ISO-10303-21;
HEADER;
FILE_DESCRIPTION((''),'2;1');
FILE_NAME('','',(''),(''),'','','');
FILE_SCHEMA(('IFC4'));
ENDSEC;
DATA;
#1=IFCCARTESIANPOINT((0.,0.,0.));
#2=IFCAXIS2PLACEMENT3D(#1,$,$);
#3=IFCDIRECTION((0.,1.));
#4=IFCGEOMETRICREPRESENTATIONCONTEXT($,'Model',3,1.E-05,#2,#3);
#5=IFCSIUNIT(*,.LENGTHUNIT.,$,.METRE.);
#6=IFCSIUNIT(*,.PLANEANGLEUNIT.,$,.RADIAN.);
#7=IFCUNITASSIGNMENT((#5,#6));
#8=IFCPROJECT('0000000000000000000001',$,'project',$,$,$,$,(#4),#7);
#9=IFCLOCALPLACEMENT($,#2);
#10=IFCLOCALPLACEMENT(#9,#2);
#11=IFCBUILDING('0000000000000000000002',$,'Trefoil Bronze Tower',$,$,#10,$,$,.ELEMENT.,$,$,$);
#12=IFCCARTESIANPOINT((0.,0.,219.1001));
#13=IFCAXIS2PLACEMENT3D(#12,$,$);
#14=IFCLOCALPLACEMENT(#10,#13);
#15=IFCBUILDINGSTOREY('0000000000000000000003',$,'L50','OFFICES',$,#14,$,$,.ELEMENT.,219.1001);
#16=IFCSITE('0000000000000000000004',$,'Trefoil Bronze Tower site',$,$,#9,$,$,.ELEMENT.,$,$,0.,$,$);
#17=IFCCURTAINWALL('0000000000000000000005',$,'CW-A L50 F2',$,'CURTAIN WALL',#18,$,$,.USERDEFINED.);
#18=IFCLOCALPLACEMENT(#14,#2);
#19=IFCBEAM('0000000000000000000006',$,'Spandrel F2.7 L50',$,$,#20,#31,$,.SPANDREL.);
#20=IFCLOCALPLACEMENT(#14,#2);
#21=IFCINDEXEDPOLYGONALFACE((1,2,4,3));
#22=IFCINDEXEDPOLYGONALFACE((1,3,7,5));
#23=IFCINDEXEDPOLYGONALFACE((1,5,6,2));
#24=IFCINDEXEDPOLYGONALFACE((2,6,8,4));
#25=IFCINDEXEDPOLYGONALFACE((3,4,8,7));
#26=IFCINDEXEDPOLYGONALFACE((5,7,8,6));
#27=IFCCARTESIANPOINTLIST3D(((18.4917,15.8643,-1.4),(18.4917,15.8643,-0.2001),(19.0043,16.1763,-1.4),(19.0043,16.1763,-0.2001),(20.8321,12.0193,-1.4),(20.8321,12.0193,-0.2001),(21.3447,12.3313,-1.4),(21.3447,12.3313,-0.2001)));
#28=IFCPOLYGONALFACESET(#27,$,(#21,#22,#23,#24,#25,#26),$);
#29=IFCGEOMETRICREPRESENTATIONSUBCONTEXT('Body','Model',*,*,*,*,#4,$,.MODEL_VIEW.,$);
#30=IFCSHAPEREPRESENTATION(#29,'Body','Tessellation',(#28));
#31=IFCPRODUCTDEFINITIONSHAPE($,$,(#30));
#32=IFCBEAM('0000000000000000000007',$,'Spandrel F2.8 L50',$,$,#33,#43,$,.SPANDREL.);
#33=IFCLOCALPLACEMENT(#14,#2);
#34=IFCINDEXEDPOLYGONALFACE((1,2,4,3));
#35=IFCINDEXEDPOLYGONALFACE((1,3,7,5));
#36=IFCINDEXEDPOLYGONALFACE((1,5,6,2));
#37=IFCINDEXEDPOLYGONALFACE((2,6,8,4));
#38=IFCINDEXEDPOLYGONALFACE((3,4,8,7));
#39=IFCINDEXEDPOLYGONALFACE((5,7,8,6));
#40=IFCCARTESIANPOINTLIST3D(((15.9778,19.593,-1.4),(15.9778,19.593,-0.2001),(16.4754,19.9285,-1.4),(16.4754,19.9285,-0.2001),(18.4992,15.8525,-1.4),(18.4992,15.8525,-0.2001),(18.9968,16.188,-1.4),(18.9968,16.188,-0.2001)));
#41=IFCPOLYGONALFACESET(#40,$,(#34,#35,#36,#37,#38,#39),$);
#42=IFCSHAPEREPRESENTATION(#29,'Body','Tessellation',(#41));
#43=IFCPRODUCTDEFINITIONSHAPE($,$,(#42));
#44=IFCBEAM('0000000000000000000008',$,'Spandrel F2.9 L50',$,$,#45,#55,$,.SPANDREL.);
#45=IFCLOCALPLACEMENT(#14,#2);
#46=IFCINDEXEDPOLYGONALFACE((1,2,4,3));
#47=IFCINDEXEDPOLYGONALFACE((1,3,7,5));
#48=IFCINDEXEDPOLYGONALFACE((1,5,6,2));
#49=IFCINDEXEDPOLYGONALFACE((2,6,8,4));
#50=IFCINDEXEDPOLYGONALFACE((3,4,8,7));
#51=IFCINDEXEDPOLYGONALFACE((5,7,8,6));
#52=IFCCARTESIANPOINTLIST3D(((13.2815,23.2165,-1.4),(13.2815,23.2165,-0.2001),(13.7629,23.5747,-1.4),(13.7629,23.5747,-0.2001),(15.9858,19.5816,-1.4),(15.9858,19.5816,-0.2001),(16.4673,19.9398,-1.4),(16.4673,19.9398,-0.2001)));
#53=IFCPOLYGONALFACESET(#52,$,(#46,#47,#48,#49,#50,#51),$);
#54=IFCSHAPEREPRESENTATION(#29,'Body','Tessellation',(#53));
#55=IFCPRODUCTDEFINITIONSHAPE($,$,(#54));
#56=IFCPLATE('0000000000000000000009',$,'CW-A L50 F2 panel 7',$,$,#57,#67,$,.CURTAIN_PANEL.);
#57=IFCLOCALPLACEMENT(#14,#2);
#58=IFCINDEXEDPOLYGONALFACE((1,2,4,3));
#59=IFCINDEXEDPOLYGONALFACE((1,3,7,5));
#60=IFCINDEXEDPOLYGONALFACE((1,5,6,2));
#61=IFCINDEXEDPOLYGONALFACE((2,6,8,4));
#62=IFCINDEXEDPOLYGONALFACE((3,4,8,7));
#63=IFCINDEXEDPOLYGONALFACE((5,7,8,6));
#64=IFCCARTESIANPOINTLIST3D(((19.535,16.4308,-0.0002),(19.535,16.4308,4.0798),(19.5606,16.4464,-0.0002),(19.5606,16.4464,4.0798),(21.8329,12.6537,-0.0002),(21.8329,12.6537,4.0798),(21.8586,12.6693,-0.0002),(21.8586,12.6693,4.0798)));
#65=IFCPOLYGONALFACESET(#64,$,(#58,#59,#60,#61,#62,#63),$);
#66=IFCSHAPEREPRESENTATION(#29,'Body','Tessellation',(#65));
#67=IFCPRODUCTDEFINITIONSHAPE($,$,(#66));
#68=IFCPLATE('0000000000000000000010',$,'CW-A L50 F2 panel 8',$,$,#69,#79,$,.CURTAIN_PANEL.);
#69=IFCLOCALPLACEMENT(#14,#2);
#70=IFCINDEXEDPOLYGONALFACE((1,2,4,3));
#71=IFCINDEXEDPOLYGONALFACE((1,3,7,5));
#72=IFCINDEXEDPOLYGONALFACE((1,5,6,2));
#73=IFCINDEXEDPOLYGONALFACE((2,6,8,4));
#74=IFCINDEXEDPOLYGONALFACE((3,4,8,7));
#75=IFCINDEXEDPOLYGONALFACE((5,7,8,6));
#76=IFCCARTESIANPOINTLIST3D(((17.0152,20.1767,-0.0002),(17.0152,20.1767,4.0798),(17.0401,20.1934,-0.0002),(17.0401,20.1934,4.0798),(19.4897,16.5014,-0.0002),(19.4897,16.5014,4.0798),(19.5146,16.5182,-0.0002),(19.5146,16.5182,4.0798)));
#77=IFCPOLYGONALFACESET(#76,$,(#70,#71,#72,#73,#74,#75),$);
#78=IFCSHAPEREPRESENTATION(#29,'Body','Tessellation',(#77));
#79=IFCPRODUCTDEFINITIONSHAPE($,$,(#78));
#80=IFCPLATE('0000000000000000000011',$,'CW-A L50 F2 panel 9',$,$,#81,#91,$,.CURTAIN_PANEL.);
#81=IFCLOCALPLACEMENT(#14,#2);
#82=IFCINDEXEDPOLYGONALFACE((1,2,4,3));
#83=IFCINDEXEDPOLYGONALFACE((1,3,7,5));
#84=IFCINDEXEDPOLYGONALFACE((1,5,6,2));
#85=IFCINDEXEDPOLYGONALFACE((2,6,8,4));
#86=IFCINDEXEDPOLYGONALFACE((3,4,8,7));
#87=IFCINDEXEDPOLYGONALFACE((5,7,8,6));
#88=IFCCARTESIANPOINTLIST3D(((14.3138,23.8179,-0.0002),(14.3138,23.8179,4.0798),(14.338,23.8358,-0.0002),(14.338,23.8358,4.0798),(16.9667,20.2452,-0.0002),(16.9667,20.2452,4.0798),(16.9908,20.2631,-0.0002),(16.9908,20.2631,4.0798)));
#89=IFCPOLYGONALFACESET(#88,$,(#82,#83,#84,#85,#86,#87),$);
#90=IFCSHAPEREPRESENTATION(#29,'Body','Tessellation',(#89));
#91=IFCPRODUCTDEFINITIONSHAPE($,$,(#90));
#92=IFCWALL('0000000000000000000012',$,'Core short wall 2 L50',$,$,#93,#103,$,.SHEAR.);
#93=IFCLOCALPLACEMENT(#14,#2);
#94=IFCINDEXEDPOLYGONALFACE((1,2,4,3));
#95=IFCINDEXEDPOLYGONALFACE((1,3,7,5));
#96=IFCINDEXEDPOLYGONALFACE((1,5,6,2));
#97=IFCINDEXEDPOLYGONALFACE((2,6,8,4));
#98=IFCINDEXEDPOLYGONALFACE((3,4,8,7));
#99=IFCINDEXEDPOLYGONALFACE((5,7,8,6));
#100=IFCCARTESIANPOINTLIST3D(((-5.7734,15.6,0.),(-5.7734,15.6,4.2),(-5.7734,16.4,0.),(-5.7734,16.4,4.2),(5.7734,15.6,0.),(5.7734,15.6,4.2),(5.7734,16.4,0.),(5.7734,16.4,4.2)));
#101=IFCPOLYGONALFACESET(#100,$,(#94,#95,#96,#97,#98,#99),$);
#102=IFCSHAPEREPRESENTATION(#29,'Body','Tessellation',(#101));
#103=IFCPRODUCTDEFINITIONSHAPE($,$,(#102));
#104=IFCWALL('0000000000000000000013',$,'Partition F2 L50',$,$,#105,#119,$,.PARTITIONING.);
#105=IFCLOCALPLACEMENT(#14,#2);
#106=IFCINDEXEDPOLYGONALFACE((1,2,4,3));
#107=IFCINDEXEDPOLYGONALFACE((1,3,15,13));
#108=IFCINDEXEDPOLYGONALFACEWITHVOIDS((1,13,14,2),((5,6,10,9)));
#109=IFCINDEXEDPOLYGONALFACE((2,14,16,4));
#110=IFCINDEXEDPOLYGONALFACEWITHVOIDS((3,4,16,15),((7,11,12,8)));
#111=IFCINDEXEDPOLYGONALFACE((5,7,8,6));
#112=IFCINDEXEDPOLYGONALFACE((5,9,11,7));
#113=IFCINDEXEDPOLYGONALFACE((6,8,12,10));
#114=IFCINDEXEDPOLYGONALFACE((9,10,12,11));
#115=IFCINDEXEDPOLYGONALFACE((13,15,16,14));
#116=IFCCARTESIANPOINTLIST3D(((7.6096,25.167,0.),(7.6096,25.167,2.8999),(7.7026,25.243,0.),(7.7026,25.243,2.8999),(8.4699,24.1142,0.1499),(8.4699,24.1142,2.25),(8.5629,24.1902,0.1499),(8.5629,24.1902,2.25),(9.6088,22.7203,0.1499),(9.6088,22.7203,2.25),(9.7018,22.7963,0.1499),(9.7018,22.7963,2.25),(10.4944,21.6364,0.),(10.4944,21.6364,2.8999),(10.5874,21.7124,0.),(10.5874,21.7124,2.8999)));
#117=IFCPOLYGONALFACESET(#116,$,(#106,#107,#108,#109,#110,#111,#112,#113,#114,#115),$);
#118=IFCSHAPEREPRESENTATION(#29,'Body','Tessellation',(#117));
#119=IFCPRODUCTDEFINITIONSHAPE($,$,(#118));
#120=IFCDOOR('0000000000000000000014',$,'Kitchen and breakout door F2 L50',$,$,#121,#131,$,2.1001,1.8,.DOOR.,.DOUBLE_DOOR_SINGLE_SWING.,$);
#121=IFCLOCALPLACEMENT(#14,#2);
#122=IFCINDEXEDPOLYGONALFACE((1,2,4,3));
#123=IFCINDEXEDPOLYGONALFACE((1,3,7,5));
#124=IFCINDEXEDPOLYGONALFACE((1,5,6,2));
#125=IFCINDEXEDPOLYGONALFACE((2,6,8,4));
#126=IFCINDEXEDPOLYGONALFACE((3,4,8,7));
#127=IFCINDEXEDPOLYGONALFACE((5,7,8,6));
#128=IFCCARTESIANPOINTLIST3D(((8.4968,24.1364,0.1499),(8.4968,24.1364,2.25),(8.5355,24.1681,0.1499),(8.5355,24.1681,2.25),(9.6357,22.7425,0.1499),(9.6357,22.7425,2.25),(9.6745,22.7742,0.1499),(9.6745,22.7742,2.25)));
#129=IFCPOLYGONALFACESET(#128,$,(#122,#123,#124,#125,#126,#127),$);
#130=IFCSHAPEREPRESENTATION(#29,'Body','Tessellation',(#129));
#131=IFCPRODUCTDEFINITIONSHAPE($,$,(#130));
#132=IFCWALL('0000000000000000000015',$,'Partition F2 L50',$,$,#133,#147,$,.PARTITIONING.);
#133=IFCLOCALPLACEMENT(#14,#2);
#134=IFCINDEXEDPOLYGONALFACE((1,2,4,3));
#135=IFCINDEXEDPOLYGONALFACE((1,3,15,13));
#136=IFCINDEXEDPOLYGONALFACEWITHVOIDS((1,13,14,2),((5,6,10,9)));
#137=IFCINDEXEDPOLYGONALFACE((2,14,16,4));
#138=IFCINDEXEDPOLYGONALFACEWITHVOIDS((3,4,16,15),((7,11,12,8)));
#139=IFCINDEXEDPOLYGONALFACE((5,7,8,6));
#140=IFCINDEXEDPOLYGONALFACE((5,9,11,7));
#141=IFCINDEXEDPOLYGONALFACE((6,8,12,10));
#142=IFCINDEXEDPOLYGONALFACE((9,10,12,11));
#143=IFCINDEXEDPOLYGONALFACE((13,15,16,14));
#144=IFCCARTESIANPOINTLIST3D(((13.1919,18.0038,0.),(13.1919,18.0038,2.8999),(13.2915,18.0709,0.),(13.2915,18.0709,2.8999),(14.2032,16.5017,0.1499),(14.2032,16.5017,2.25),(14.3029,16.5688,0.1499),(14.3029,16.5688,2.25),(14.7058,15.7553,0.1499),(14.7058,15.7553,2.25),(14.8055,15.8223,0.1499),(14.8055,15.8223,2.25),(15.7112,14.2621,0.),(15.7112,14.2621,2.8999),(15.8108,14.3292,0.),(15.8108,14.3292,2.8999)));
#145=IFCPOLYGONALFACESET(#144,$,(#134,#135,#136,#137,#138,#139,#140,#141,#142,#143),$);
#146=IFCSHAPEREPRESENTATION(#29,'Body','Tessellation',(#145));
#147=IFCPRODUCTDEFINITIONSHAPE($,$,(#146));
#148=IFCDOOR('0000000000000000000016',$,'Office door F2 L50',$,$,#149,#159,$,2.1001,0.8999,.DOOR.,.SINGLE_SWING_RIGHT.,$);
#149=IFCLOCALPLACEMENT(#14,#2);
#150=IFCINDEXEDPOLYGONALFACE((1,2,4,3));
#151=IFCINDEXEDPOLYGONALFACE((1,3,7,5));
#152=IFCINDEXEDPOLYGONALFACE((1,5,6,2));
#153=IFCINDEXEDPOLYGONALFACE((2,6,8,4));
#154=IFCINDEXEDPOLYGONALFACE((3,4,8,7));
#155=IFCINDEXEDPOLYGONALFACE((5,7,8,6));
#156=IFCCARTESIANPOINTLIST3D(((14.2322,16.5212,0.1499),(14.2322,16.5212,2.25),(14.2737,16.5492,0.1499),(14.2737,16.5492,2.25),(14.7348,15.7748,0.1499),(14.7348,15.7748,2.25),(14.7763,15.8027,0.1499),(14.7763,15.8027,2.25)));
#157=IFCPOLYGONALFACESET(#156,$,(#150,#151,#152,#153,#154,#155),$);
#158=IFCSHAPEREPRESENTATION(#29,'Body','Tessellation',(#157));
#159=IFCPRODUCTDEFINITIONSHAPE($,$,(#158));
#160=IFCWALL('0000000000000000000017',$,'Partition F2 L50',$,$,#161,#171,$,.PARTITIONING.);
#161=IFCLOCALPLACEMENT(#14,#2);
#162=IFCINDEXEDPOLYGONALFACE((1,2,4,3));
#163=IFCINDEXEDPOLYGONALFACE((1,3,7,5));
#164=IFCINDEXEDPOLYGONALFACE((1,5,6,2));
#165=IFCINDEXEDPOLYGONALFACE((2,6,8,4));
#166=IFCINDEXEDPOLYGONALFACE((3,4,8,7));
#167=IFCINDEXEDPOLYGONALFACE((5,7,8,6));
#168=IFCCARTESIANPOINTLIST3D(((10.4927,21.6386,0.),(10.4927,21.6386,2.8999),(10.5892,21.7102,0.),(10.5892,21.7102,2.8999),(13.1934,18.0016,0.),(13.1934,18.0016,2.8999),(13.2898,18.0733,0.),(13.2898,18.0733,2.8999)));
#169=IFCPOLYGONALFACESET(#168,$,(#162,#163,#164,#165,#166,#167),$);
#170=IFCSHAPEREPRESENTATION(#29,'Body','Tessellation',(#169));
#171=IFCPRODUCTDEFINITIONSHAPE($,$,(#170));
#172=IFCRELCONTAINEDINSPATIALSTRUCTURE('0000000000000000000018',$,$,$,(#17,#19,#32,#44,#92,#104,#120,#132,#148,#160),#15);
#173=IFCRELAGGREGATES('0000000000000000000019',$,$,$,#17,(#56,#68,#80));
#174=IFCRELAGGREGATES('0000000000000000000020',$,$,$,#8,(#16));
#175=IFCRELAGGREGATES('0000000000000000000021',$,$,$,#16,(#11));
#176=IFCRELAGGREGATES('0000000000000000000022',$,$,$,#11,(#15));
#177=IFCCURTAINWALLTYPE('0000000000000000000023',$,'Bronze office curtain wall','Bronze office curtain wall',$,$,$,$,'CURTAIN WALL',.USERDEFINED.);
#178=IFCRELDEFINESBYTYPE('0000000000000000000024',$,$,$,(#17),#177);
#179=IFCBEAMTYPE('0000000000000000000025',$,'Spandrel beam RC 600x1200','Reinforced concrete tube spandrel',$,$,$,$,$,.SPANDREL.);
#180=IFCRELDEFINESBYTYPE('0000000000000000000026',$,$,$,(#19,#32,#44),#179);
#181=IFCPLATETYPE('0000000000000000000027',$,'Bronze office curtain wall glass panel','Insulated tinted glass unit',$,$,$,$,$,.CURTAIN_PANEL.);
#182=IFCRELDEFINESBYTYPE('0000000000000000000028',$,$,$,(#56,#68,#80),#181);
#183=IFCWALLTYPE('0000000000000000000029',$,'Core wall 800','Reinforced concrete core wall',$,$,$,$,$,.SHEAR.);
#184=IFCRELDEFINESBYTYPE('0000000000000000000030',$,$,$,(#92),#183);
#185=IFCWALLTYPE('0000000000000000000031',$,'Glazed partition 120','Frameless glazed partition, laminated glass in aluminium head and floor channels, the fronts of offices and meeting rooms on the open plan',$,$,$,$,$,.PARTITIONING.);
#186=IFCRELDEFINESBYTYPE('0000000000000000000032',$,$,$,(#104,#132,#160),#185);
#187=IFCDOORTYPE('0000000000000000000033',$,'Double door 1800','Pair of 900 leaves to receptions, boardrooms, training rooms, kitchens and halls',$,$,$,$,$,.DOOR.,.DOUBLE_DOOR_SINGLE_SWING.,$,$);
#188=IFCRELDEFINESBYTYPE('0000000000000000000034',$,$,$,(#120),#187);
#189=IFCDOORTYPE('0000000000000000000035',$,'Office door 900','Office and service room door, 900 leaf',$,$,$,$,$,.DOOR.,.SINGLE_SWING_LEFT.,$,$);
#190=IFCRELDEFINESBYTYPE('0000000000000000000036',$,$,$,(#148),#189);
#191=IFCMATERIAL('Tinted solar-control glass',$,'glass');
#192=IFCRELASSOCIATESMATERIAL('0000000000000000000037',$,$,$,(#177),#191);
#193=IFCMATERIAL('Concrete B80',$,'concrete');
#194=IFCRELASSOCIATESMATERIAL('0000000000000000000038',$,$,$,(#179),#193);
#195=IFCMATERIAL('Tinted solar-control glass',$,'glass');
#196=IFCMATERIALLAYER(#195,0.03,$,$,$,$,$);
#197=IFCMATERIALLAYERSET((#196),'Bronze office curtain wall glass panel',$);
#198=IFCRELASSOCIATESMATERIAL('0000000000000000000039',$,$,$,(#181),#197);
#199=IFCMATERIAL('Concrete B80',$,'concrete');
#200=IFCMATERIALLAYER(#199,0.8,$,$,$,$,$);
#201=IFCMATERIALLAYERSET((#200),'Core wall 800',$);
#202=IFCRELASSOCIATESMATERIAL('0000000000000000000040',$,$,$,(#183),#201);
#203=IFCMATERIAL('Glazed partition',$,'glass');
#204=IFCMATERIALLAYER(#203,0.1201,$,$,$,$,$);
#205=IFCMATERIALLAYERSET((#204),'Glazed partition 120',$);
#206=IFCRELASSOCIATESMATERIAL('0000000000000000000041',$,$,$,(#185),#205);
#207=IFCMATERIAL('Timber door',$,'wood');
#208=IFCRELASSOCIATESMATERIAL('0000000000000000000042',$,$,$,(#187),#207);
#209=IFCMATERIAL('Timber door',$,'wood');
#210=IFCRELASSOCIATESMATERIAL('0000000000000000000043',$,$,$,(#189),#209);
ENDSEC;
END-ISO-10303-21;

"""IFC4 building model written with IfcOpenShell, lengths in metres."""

from ifc_helpers import new_model, si_unit, direction, frame, frame_2d, origin, origin_2d, place, context, subcontext, project, spatial, rectangle, extrude, material, layer, layer_set, material_profile, profile_set, type_object, element, fill, aggregate, save


model = new_model("IFC4")

# Units and contexts
model_context = context("Model", 3, precision=1e-05, world=origin(), true_north=direction((0.0, 1.0)))
body_context = subcontext(model_context, "Body", "Model", "MODEL_VIEW")
ifc_project = project(units=[si_unit("LENGTHUNIT", "METRE"), si_unit("PLANEANGLEUNIT", "RADIAN")], contexts=[model_context])

# Site, building, storey
site_placement = place(None, origin())
site = spatial("IfcSite", under=ifc_project, at=site_placement, Name="Trefoil Bronze Tower site", CompositionType="ELEMENT", RefElevation=0.0)
building_placement = place(site_placement, origin())
building = spatial("IfcBuilding", under=site, at=building_placement, Name="Trefoil Bronze Tower", CompositionType="ELEMENT")
storey_placement = place(building_placement, frame((0.0, 0.0, 219.1001)))
storey = spatial("IfcBuildingStorey", under=building, at=storey_placement, Name="L50", Description="OFFICES", CompositionType="ELEMENT", Elevation=219.1001)

# Curtain wall
ifc_material_1 = material(Name="Tinted solar-control glass", Category="glass")
curtain_wall_type = type_object("IfcCurtainWallType", Name="Bronze office curtain wall", Description="Bronze office curtain wall", ElementType="CURTAIN WALL", PredefinedType="USERDEFINED", material=ifc_material_1)
curtain_wall_placement = place(storey_placement, origin())
curtain_wall = element("IfcCurtainWall", 1, at=curtain_wall_placement, inside=storey, type_object=curtain_wall_type, Name="CW-A L50 F2", ObjectType="CURTAIN WALL", PredefinedType="USERDEFINED")

# Beams
ifc_material_2 = material(Name="Concrete B80", Category="concrete")
ifc_material_profile_1 = material_profile(ifc_material_2, rectangle(XDim=0.6001, YDim=1.2, at=origin_2d()), Name="RC 600x1200")
ifc_profile_set_1 = profile_set([ifc_material_profile_1], Name="Concrete B80")
beam_type_1 = type_object("IfcBeamType", Name="Spandrel beam RC 600x1200", Description="Reinforced concrete tube spandrel", PredefinedType="SPANDREL", material=ifc_profile_set_1)
beam_1_placement = place(storey_placement, frame((21.0884, 12.1753, -0.8), z_axis=(-0.519933, 0.854207, 0.0), x_axis=(-0.854207, -0.519933, 0.0)))
element("IfcBeam", 2, at=beam_1_placement, inside=storey, type_object=beam_type_1, Name="Spandrel F2.7 L50", PredefinedType="SPANDREL", context=body_context, shape_type="SweptSolid", body=[
    extrude(rectangle(XDim=0.6001, YDim=1.2, at=origin_2d()), origin(), (0.0, 0.0, 1.0), 4.5012),
])
beam_2_placement = place(storey_placement, frame((18.748, 16.0203, -0.8), z_axis=(-0.558964, 0.829192, 0.0), x_axis=(-0.829192, -0.558964, 0.0)))
element("IfcBeam", 3, at=beam_2_placement, inside=storey, type_object=beam_type_1, Name="Spandrel F2.8 L50", PredefinedType="SPANDREL", context=body_context, shape_type="SweptSolid", body=[
    extrude(rectangle(XDim=0.6001, YDim=1.2, at=origin_2d()), origin(), (0.0, 0.0, 1.0), 4.511),
])
beam_3_placement = place(storey_placement, frame((16.2266, 19.7607, -0.8), z_axis=(-0.596926, 0.802296, 0.0), x_axis=(-0.802296, -0.596926, 0.0)))
element("IfcBeam", 4, at=beam_3_placement, inside=storey, type_object=beam_type_1, Name="Spandrel F2.9 L50", PredefinedType="SPANDREL", context=body_context, shape_type="SweptSolid", body=[
    extrude(rectangle(XDim=0.6001, YDim=1.2, at=origin_2d()), origin(), (0.0, 0.0, 1.0), 4.5305),
])

# Plates
ifc_material_3 = material(Name="Tinted solar-control glass", Category="glass")
ifc_layer_1 = layer(ifc_material_3, 0.03)
ifc_layer_set_1 = layer_set([ifc_layer_1], Name="Bronze office curtain wall glass panel")
plate_type = type_object("IfcPlateType", Name="Bronze office curtain wall glass panel", Description="Insulated tinted glass unit", PredefinedType="CURTAIN_PANEL", material=ifc_layer_set_1)
plate_1_placement = place(storey_placement, frame((20.6968, 14.55, -0.0002), z_axis=(0.0, 0.0, 1.0), x_axis=(-0.519762, 0.854311, 0.0)))
plate_1 = element("IfcPlate", 5, at=plate_1_placement, type_object=plate_type, Name="CW-A L50 F2 panel 7", PredefinedType="CURTAIN_PANEL", context=body_context, shape_type="SweptSolid", body=[
    extrude(rectangle(XDim=4.4211, YDim=0.03, at=origin_2d()), origin(), (0.0, 0.0, 1.0), 4.0801),
])
plate_2_placement = place(storey_placement, frame((18.2649, 18.3474, -0.0002), z_axis=(0.0, 0.0, 1.0), x_axis=(-0.558493, 0.829509, 0.0)))
plate_2 = element("IfcPlate", 6, at=plate_2_placement, type_object=plate_type, Name="CW-A L50 F2 panel 8", PredefinedType="CURTAIN_PANEL", context=body_context, shape_type="SweptSolid", body=[
    extrude(rectangle(XDim=4.4307, YDim=0.03, at=origin_2d()), origin(), (0.0, 0.0, 1.0), 4.0801),
])
plate_3_placement = place(storey_placement, frame((15.6523, 22.0405, -0.0002), z_axis=(0.0, 0.0, 1.0), x_axis=(-0.596162, 0.802865, 0.0)))
plate_3 = element("IfcPlate", 7, at=plate_3_placement, type_object=plate_type, Name="CW-A L50 F2 panel 9", PredefinedType="CURTAIN_PANEL", context=body_context, shape_type="SweptSolid", body=[
    extrude(rectangle(XDim=4.45, YDim=0.03, at=origin_2d()), origin(), (0.0, 0.0, 1.0), 4.0801),
])
aggregate(curtain_wall, [plate_1, plate_2, plate_3])

# Wall
ifc_material_4 = material(Name="Concrete B80", Category="concrete")
ifc_layer_2 = layer(ifc_material_4, 0.8)
ifc_layer_set_2 = layer_set([ifc_layer_2], Name="Core wall 800")
wall_type_1 = type_object("IfcWallType", Name="Core wall 800", Description="Reinforced concrete core wall", PredefinedType="SHEAR", material=ifc_layer_set_2)
wall_1_placement = place(storey_placement, frame((5.7734, 16.0, 0.0), z_axis=(0.0, 0.0, 1.0), x_axis=(-1.0, 0.0, 0.0)))
element("IfcWall", 8, at=wall_1_placement, inside=storey, type_object=wall_type_1, Name="Core short wall 2 L50", PredefinedType="SHEAR", context=body_context, shape_type="SweptSolid", body=[
    extrude(rectangle(XDim=11.5469, YDim=0.8, at=frame_2d((5.7734, 0.0))), origin(), (0.0, 0.0, 1.0), 4.2),
])

# Walls, openings, doors
ifc_material_5 = material(Name="Glazed partition", Category="glass")
ifc_layer_3 = layer(ifc_material_5, 0.1201)
ifc_layer_set_3 = layer_set([ifc_layer_3], Name="Glazed partition 120")
wall_type_2 = type_object("IfcWallType", Name="Glazed partition 120", Description="Frameless glazed partition, laminated glass in aluminium head and floor channels, the fronts of offices and meeting rooms on the open plan", PredefinedType="PARTITIONING", material=ifc_layer_set_3)
wall_2_placement = place(storey_placement, frame((10.541, 21.6743, 0.0), z_axis=(0.0, 0.0, 1.0), x_axis=(-0.632733, 0.77437, 0.0)))
wall_2 = element("IfcWall", 9, at=wall_2_placement, inside=storey, type_object=wall_type_2, Name="Partition F2 L50", PredefinedType="PARTITIONING", context=body_context, shape_type="SweptSolid", body=[
    extrude(rectangle(XDim=4.5593, YDim=0.1201, at=frame_2d((2.2798, 0.0))), origin(), (0.0, 0.0, 1.0), 2.8999),
])
opening_1_placement = place(wall_2_placement, frame((1.3999, 0.0, 0.1499)))
opening_1 = element("IfcOpeningElement", 10, at=opening_1_placement, cuts=wall_2, PredefinedType="OPENING", context=body_context, shape_type="SweptSolid", body=[
    extrude(rectangle(XDim=1.8, YDim=2.1001, at=frame_2d((0.8999, 1.05))), frame((0.0, 0.0701, 0.0), z_axis=(0.0, -1.0, 0.0), x_axis=(1.0, 0.0, 0.0)), (0.0, 0.0, 1.0), 0.1401),
])
ifc_material_6 = material(Name="Timber door", Category="wood")
door_type_1 = type_object("IfcDoorType", Name="Double door 1800", Description="Pair of 900 leaves to receptions, boardrooms, training rooms, kitchens and halls", OperationType="DOUBLE_DOOR_SINGLE_SWING", PredefinedType="DOOR", material=ifc_material_6)
door_1_placement = place(opening_1_placement, frame((1.8, 0.0, 0.0), z_axis=(0.0, 0.0, 1.0), x_axis=(-1.0, 0.0, 0.0)))
door_1 = element("IfcDoor", 11, at=door_1_placement, inside=storey, type_object=door_type_1, Name="Kitchen and breakout door F2 L50", OperationType="DOUBLE_DOOR_SINGLE_SWING", OverallHeight=2.1001, OverallWidth=1.8, PredefinedType="DOOR", context=body_context, shape_type="SweptSolid", body=[
    extrude(rectangle(XDim=1.8, YDim=2.1001, at=frame_2d((0.8999, 1.05))), frame((0.0, 0.0249, 0.0), z_axis=(0.0, -1.0, 0.0), x_axis=(1.0, 0.0, 0.0)), (0.0, 0.0, 1.0), 0.05),
])
fill(opening_1, door_1)
wall_3_placement = place(storey_placement, frame((15.761, 14.2957, 0.0), z_axis=(0.0, 0.0, 1.0), x_axis=(-0.558504, 0.829502, 0.0)))
wall_3 = element("IfcWall", 12, at=wall_3_placement, inside=storey, type_object=wall_type_2, Name="Partition F2 L50", PredefinedType="PARTITIONING", context=body_context, shape_type="SweptSolid", body=[
    extrude(rectangle(XDim=4.5107, YDim=0.1201, at=frame_2d((2.2554, 0.0))), origin(), (0.0, 0.0, 1.0), 2.8999),
])
opening_2_placement = place(wall_3_placement, frame((1.8, 0.0, 0.1499)))
opening_2 = element("IfcOpeningElement", 13, at=opening_2_placement, cuts=wall_3, PredefinedType="OPENING", context=body_context, shape_type="SweptSolid", body=[
    extrude(rectangle(XDim=0.8999, YDim=2.1001, at=frame_2d((0.45, 1.05))), frame((0.0, 0.0701, 0.0), z_axis=(0.0, -1.0, 0.0), x_axis=(1.0, 0.0, 0.0)), (0.0, 0.0, 1.0), 0.1401),
])
ifc_material_7 = material(Name="Timber door", Category="wood")
door_type_2 = type_object("IfcDoorType", Name="Office door 900", Description="Office and service room door, 900 leaf", OperationType="SINGLE_SWING_LEFT", PredefinedType="DOOR", material=ifc_material_7)
door_2_placement = place(opening_2_placement, frame((0.8999, 0.0, 0.0), z_axis=(0.0, 0.0, 1.0), x_axis=(-1.0, 0.0, 0.0)))
door_2 = element("IfcDoor", 14, at=door_2_placement, inside=storey, type_object=door_type_2, Name="Office door F2 L50", OperationType="SINGLE_SWING_RIGHT", OverallHeight=2.1001, OverallWidth=0.8999, PredefinedType="DOOR", context=body_context, shape_type="SweptSolid", body=[
    extrude(rectangle(XDim=0.8999, YDim=2.1001, at=frame_2d((0.45, 1.05))), frame((0.0, 0.0249, 0.0), z_axis=(0.0, -1.0, 0.0), x_axis=(1.0, 0.0, 0.0)), (0.0, 0.0, 1.0), 0.05),
])
fill(opening_2, door_2)

# Wall
wall_4_placement = place(storey_placement, frame((13.2417, 18.0374, 0.0), z_axis=(0.0, 0.0, 1.0), x_axis=(-0.596173, 0.802856, 0.0)))
element("IfcWall", 15, at=wall_4_placement, inside=storey, type_object=wall_type_2, Name="Partition F2 L50", PredefinedType="PARTITIONING", context=body_context, shape_type="SweptSolid", body=[
    extrude(rectangle(XDim=4.53, YDim=0.1201, at=frame_2d((2.2651, 0.0))), origin(), (0.0, 0.0, 1.0), 2.8999),
])

save(model, "model.ifc")
